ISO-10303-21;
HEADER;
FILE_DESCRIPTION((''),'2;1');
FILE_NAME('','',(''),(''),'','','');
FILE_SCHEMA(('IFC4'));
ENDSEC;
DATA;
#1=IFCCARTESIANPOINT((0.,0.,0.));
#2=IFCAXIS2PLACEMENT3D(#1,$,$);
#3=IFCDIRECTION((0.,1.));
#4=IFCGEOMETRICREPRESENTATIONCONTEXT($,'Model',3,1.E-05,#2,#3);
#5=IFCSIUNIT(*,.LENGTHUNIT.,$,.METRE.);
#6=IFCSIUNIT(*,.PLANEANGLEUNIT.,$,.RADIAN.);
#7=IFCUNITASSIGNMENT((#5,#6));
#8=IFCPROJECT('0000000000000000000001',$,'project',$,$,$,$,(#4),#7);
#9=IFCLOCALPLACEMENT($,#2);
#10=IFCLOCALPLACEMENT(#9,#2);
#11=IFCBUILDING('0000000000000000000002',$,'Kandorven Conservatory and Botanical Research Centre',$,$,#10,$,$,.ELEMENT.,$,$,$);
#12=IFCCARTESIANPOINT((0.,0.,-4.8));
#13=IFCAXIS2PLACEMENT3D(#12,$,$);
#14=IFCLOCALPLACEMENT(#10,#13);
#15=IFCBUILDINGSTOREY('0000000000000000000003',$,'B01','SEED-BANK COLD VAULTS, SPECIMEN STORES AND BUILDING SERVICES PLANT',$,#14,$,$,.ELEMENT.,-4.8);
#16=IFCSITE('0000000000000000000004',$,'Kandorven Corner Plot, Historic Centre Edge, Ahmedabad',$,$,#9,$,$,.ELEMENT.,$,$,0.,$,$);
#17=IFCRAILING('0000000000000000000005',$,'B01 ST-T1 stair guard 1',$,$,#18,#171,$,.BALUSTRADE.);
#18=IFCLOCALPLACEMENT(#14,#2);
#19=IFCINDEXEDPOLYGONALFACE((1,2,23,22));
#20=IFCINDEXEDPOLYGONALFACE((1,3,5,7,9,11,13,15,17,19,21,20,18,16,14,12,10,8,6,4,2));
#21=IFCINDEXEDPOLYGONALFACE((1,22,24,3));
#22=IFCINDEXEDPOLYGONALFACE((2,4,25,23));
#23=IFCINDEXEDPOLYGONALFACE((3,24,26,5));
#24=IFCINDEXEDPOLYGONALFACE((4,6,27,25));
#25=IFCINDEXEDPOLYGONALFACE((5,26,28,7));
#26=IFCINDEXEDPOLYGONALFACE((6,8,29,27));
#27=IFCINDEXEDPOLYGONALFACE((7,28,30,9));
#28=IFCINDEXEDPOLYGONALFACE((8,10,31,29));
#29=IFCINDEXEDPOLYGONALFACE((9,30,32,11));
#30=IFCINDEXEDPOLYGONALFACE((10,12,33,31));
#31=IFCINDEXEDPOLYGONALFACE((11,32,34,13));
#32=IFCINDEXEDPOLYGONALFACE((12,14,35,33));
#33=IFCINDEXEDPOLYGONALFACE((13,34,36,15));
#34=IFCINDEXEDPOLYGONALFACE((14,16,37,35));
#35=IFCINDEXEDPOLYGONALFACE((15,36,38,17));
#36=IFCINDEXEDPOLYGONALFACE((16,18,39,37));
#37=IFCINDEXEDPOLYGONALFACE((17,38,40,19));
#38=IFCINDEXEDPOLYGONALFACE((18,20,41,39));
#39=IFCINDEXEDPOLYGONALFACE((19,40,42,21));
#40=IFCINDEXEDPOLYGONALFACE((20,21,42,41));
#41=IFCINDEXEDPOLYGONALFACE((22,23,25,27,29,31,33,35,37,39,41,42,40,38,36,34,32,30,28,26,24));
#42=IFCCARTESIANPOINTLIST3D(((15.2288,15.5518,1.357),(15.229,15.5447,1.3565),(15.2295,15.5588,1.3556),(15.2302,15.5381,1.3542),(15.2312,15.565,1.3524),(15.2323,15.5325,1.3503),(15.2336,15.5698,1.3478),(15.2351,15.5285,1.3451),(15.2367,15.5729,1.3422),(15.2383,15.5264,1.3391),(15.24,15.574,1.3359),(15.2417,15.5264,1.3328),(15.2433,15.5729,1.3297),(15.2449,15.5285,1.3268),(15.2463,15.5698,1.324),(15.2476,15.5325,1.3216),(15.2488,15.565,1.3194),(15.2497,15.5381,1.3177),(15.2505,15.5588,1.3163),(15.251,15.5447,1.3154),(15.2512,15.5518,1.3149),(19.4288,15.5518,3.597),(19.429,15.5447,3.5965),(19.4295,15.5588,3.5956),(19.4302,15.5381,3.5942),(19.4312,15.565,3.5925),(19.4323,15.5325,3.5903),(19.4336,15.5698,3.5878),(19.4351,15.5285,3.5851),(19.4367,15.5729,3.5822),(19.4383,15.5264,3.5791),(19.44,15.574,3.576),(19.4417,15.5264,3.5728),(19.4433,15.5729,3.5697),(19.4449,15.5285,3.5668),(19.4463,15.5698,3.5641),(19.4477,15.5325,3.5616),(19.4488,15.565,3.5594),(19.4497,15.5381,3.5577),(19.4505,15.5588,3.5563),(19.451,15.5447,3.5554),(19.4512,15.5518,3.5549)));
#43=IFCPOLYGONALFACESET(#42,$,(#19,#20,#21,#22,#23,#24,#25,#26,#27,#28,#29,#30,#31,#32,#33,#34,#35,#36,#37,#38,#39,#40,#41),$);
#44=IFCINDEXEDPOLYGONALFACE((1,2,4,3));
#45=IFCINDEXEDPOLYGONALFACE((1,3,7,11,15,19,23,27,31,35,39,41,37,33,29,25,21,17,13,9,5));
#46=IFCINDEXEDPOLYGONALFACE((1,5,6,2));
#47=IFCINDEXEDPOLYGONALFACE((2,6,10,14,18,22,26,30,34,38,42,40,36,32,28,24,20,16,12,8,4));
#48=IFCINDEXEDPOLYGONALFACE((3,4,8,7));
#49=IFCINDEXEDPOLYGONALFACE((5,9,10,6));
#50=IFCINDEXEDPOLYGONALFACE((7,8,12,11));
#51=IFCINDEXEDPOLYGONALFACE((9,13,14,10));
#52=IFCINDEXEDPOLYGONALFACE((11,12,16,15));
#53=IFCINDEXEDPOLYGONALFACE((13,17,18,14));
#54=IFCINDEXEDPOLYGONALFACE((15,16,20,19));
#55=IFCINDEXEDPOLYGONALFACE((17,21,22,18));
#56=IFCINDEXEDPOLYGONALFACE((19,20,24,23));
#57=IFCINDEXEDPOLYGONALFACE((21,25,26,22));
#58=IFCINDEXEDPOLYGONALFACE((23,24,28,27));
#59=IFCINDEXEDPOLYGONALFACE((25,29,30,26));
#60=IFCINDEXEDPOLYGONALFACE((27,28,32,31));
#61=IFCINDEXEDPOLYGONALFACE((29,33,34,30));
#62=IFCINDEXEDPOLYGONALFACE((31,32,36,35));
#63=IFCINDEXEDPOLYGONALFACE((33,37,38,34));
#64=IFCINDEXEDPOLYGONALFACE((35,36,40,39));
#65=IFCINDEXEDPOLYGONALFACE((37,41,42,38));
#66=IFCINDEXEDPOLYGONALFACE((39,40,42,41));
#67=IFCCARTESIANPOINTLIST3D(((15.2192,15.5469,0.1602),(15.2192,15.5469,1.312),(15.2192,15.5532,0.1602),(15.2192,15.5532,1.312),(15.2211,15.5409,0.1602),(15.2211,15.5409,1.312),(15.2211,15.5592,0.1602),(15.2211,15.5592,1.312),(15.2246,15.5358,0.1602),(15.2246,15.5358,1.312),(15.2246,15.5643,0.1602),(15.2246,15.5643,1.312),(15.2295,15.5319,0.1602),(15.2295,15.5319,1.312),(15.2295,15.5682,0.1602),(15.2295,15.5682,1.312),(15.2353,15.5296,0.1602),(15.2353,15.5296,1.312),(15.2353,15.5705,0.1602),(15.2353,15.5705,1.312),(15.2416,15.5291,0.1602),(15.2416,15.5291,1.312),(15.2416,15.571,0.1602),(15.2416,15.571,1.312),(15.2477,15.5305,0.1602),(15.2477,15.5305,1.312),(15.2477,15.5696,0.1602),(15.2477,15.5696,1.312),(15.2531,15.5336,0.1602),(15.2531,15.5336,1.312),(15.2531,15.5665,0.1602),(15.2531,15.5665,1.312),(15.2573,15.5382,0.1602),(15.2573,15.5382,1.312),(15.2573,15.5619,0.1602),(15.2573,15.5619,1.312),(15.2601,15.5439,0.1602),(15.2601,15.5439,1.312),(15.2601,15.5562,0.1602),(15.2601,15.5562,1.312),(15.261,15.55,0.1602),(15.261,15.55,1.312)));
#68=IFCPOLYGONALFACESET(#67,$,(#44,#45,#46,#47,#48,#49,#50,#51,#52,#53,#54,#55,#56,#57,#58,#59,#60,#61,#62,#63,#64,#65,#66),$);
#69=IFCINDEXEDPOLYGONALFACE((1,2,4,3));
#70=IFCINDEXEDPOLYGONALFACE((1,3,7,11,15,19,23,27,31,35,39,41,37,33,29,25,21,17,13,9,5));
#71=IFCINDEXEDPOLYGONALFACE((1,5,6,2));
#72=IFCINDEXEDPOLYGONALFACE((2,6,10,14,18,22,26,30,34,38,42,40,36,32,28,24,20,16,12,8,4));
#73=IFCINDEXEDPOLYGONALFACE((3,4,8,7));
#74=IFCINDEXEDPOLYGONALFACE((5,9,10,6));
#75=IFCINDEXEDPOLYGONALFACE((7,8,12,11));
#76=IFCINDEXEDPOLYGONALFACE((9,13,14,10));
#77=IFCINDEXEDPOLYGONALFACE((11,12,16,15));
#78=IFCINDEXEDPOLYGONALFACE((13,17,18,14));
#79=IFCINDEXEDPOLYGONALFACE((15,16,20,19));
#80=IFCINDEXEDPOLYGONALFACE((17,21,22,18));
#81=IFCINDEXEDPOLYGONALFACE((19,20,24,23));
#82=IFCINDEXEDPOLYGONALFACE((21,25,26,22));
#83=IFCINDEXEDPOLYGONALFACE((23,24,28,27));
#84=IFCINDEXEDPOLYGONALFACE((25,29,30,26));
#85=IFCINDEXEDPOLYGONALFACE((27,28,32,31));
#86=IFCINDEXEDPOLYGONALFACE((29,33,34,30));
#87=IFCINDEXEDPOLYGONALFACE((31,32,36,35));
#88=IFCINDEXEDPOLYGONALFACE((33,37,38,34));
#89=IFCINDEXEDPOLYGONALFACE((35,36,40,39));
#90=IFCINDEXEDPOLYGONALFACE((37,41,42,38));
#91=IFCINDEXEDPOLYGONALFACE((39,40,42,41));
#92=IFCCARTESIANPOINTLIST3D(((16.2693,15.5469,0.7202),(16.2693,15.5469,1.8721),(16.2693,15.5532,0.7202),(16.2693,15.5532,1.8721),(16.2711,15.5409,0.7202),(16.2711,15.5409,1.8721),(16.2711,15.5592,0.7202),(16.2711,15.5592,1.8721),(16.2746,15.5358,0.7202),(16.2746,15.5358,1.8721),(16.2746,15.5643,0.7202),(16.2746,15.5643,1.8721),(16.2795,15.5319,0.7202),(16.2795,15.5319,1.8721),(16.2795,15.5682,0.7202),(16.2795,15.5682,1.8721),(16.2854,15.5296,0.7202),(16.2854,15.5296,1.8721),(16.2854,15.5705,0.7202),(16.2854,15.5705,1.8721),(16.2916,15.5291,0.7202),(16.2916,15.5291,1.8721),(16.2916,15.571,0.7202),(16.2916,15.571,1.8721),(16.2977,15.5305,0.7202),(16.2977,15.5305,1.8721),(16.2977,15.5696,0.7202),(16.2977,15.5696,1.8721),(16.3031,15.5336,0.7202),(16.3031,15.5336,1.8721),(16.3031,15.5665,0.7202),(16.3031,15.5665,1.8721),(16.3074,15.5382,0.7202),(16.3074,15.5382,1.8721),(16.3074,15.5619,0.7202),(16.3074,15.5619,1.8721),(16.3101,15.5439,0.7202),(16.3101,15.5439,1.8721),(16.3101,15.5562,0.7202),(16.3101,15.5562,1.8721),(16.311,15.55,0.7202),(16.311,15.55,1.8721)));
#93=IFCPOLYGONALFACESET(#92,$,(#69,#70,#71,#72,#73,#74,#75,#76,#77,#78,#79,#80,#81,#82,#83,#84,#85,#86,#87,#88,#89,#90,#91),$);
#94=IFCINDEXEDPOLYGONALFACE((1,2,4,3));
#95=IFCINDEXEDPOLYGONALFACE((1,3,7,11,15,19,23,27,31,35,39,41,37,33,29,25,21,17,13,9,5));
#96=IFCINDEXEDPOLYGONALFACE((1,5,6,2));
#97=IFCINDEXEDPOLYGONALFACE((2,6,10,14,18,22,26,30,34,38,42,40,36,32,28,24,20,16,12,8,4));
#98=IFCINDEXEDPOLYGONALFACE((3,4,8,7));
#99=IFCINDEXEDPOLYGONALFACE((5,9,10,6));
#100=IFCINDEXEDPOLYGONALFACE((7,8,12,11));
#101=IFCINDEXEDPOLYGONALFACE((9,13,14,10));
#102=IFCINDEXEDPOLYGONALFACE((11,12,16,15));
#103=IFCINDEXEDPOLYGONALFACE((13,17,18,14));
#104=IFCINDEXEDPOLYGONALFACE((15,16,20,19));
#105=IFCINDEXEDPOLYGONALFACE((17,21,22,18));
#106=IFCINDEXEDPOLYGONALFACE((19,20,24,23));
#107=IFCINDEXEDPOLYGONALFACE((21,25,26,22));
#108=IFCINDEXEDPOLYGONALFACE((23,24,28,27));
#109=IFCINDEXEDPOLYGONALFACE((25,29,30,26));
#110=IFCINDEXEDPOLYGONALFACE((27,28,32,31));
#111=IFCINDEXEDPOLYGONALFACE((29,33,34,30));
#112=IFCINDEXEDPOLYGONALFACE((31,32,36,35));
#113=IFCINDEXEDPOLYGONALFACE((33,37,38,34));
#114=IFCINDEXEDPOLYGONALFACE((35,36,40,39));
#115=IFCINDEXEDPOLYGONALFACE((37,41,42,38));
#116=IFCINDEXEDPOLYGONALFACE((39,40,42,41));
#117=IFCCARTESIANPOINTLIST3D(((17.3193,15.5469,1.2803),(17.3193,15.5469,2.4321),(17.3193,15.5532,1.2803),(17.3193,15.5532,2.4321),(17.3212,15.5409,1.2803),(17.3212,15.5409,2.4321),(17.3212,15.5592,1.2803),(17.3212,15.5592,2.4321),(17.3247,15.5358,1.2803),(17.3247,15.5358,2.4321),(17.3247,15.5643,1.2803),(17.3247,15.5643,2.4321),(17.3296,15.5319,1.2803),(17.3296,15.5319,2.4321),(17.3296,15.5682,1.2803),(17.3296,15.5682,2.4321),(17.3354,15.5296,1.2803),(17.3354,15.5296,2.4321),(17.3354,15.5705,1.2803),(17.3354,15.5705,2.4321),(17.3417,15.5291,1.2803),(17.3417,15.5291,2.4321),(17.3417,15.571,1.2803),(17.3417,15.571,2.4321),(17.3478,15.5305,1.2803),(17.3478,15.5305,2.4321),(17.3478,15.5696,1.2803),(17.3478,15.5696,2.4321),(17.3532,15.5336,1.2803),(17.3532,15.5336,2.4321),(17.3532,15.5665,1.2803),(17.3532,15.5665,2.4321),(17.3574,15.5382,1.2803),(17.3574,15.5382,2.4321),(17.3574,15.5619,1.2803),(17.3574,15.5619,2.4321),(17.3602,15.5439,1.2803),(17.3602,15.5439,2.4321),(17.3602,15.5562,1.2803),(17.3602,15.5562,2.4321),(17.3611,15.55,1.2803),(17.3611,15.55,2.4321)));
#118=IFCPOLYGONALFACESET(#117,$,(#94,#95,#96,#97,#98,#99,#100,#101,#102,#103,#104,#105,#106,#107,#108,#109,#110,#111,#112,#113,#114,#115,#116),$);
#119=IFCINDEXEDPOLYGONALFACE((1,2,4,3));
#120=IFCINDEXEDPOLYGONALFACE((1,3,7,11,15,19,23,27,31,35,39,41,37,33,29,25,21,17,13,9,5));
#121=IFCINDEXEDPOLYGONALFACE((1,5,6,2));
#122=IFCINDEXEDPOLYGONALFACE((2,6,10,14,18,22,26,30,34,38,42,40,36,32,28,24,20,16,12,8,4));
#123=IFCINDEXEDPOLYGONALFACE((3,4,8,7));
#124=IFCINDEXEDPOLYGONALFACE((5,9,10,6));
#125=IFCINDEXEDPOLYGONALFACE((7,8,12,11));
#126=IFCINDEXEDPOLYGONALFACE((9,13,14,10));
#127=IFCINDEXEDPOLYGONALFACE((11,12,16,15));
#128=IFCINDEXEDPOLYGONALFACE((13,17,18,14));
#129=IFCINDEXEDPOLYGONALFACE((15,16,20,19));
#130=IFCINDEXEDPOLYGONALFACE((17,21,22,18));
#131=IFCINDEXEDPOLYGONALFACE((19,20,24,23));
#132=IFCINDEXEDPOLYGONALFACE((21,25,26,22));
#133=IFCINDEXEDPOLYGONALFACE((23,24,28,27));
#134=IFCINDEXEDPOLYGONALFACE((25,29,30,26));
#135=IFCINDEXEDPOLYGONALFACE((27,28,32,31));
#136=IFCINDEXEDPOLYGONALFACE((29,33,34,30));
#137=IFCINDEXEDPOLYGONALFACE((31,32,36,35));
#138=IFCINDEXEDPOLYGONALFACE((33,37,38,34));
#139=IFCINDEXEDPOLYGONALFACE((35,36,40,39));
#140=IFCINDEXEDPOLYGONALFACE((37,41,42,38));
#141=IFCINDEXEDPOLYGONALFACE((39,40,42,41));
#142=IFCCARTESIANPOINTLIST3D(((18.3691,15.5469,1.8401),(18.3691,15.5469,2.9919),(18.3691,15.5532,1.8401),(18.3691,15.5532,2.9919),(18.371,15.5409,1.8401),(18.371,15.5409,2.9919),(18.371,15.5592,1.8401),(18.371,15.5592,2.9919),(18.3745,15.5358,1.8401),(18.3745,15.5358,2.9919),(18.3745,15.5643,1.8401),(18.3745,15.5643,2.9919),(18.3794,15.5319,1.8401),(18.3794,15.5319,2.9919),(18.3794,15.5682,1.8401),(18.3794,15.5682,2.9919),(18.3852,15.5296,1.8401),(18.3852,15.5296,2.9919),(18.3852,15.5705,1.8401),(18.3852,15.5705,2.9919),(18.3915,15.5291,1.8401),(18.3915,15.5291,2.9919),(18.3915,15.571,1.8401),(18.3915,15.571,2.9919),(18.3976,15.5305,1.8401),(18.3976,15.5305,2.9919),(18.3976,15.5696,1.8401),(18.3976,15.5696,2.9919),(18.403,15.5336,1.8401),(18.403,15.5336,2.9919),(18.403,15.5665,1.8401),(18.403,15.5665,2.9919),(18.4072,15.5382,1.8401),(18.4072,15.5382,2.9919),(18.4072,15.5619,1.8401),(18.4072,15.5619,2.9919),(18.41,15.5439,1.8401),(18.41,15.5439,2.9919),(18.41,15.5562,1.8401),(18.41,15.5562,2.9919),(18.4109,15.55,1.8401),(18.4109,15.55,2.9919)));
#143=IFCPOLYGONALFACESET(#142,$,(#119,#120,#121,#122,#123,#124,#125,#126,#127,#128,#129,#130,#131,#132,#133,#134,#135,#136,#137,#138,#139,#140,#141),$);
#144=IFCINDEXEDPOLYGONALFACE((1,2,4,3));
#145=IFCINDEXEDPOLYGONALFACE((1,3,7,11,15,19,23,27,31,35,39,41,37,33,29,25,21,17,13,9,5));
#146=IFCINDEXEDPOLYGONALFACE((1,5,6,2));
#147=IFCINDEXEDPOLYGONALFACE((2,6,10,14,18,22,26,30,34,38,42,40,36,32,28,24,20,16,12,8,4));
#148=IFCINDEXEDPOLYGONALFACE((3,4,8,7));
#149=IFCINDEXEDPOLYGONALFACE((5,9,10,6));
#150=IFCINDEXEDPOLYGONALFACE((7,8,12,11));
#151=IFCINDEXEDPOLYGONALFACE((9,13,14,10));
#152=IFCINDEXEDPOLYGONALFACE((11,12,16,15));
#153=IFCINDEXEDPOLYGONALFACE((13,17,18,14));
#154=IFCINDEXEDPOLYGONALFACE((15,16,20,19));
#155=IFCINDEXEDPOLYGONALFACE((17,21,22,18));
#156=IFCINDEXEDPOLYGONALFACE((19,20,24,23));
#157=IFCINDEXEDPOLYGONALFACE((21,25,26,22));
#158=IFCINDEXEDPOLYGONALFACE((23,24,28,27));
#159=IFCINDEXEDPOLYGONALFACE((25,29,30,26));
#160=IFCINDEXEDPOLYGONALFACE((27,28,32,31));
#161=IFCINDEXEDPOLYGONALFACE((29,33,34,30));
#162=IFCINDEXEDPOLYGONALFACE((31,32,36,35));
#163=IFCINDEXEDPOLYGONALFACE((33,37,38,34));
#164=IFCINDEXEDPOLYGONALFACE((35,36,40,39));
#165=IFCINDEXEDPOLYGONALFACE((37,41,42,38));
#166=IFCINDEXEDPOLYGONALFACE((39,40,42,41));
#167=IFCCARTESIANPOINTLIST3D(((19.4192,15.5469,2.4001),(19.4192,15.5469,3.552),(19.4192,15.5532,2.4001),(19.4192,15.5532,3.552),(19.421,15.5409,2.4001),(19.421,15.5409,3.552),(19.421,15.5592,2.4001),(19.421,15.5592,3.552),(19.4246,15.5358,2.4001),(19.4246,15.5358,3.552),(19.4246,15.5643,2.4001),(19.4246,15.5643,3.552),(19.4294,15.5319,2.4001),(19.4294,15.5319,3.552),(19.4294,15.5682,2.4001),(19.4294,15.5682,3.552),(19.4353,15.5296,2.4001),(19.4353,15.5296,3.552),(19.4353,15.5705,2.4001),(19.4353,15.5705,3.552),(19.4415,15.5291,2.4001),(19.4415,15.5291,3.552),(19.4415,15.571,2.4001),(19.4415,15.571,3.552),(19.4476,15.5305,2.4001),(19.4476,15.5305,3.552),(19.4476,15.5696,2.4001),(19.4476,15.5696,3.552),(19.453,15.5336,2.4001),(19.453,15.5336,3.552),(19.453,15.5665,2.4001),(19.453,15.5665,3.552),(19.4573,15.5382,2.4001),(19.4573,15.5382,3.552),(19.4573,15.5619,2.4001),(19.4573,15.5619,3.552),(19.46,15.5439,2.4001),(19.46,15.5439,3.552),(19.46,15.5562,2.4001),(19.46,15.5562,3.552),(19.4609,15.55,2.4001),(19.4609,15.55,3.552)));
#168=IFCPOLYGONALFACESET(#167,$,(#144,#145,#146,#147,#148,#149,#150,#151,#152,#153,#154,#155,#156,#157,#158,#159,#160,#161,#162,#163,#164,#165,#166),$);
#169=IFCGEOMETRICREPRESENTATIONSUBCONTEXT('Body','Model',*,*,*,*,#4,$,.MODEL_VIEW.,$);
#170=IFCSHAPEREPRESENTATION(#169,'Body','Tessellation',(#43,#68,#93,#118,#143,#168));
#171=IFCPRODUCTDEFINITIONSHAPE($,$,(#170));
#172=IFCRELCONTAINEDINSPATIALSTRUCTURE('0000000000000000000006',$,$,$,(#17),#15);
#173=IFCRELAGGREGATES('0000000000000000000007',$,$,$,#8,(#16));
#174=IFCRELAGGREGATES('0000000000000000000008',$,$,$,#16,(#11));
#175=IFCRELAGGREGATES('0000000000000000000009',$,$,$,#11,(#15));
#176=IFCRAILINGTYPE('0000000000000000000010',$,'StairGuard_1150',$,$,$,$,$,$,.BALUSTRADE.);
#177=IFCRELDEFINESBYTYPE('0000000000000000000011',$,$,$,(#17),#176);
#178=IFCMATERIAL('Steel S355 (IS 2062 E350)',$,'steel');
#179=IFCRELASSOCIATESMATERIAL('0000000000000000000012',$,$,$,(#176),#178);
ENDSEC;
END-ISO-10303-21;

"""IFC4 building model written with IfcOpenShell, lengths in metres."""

from ifc_helpers import new_model, si_unit, direction, frame, origin, origin_2d, place, context, subcontext, project, spatial, circle, extrude, material, type_object, element, save


model = new_model("IFC4")

# Units and contexts
model_context = context("Model", 3, precision=1e-05, world=origin(), true_north=direction((0.0, 1.0)))
body_context = subcontext(model_context, "Body", "Model", "MODEL_VIEW")
ifc_project = project(units=[si_unit("LENGTHUNIT", "METRE"), si_unit("PLANEANGLEUNIT", "RADIAN")], contexts=[model_context])

# Site, building, storey
site_placement = place(None, origin())
site = spatial("IfcSite", under=ifc_project, at=site_placement, Name="Kandorven Corner Plot, Historic Centre Edge, Ahmedabad", CompositionType="ELEMENT", RefElevation=0.0)
building_placement = place(site_placement, origin())
building = spatial("IfcBuilding", under=site, at=building_placement, Name="Kandorven Conservatory and Botanical Research Centre", CompositionType="ELEMENT")
storey_placement = place(building_placement, frame((0.0, 0.0, -4.8)))
storey = spatial("IfcBuildingStorey", under=building, at=storey_placement, Name="B01", Description="SEED-BANK COLD VAULTS, SPECIMEN STORES AND BUILDING SERVICES PLANT", CompositionType="ELEMENT", Elevation=-4.8)

# Railing
ifc_material_1 = material(Name="Steel S355 (IS 2062 E350)", Category="steel")
railing_type_1 = type_object("IfcRailingType", Name="StairGuard_1150", PredefinedType="BALUSTRADE", material=ifc_material_1)
railing_1_placement = place(storey_placement, frame((15.24, 15.55, 0.1602)))
element("IfcRailing", 1, at=railing_1_placement, inside=storey, type_object=railing_type_1, Name="B01 ST-T1 stair guard 1", PredefinedType="BALUSTRADE", context=body_context, shape_type="SweptSolid", body=[
    extrude(circle(Radius=0.0239, at=origin_2d()), frame((0.0, 0.0, 1.1758), z_axis=(0.882352, 0.0, 0.470591), x_axis=(0.0, 1.0, 0.0)), (0.0, 0.0, 1.0), 4.76),
    extrude(circle(Radius=0.021, at=origin_2d()), origin(), (0.0, 0.0, 1.0), 1.1519),
    extrude(circle(Radius=0.021, at=origin_2d()), frame((1.05, 0.0, 0.5601)), (0.0, 0.0, 1.0), 1.1519),
    extrude(circle(Radius=0.021, at=origin_2d()), frame((2.1001, 0.0, 1.1201)), (0.0, 0.0, 1.0), 1.1519),
    extrude(circle(Radius=0.021, at=origin_2d()), frame((3.1499, 0.0, 1.6799)), (0.0, 0.0, 1.0), 1.1519),
    extrude(circle(Radius=0.021, at=origin_2d()), frame((4.2, 0.0, 2.24)), (0.0, 0.0, 1.0), 1.1519),
])

save(model, "model.ifc")
